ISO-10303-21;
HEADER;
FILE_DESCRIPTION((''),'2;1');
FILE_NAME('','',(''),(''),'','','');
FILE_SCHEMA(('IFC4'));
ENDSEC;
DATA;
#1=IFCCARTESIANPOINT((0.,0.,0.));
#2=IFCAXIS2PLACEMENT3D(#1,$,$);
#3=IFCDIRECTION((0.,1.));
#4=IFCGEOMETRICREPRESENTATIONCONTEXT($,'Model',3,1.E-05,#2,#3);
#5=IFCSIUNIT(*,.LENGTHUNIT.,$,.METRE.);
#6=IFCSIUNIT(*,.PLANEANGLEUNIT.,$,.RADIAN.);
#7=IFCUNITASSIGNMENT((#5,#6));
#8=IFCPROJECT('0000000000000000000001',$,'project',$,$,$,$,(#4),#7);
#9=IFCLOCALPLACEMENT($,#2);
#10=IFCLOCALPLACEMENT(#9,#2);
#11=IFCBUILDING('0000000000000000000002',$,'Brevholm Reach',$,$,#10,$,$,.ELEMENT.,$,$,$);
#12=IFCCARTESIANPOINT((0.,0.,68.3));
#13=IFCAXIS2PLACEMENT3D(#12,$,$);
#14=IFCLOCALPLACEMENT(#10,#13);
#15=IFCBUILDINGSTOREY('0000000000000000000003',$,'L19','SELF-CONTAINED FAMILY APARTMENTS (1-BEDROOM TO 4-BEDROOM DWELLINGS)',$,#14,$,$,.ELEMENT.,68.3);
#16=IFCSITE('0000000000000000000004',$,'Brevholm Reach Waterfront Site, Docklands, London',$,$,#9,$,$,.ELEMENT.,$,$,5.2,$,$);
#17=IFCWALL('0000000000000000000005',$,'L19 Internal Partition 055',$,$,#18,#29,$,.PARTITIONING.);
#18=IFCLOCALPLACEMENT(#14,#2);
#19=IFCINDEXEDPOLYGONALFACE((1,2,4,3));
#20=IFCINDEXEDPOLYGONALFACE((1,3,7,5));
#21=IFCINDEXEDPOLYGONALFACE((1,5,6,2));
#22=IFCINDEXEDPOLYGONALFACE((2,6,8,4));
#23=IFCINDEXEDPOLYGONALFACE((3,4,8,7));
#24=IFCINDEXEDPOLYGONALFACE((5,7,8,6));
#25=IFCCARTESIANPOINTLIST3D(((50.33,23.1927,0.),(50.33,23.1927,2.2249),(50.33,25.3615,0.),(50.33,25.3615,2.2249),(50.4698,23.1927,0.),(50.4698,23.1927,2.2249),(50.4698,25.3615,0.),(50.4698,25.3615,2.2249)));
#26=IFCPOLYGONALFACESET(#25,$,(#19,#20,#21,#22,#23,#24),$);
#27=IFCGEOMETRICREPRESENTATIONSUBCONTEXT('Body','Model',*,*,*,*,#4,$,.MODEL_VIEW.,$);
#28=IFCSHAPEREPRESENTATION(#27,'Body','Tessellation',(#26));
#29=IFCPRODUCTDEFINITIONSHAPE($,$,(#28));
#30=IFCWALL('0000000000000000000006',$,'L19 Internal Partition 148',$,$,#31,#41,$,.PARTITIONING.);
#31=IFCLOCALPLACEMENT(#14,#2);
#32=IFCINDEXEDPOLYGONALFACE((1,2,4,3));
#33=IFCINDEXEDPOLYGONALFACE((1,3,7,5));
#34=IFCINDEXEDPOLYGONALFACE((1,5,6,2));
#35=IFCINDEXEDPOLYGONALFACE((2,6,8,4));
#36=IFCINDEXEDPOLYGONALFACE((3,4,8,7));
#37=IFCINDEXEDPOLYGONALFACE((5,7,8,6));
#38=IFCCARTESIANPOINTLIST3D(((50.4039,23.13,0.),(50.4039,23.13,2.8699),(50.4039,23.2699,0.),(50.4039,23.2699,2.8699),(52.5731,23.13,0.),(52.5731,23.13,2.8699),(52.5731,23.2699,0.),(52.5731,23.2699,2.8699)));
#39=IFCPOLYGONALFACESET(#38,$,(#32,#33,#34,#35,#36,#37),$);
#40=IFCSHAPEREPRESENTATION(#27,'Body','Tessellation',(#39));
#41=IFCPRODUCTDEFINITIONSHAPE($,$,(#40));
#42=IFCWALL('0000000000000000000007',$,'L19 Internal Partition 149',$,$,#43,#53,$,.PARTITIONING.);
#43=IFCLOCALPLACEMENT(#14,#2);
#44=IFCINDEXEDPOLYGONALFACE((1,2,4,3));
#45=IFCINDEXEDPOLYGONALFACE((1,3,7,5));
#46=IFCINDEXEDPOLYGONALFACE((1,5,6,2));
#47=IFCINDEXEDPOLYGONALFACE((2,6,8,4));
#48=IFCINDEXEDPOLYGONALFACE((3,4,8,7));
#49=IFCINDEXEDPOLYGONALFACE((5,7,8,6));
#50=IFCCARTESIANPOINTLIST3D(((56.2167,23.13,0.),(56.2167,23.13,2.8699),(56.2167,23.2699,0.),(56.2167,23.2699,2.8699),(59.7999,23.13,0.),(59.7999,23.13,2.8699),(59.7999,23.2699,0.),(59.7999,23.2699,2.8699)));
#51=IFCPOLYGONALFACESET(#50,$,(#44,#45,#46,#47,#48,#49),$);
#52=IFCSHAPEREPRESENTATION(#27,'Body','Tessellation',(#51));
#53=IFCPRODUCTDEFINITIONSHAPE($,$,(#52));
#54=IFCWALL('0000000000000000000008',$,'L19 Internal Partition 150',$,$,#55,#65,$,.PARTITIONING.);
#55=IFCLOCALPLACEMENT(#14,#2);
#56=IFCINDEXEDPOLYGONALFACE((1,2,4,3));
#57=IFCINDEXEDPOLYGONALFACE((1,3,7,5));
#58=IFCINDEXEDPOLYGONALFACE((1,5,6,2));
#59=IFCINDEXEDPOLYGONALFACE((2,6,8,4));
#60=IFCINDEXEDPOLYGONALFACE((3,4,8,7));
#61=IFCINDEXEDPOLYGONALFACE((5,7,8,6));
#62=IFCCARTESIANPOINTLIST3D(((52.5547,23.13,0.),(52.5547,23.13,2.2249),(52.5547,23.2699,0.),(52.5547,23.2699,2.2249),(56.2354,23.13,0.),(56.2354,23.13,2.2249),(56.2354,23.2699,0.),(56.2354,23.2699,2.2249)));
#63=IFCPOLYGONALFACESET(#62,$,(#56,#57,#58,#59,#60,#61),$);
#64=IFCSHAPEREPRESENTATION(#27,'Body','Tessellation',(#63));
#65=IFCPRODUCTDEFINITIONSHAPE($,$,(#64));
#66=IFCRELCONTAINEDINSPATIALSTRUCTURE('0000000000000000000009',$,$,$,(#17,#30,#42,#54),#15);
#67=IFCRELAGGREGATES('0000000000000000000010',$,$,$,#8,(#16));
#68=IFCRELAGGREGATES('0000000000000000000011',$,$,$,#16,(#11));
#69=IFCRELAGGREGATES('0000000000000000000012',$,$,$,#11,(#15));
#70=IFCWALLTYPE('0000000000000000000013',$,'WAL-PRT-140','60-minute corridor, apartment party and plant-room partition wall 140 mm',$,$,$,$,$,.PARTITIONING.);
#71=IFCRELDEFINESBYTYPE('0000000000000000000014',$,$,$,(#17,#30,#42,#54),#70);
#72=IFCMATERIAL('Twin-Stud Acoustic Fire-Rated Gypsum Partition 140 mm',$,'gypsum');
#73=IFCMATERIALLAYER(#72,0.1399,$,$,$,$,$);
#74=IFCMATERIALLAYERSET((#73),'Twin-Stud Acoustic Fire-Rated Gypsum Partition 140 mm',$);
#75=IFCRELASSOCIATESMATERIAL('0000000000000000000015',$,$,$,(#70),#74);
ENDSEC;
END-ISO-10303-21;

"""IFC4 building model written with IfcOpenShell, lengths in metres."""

from ifc_helpers import new_model, si_unit, direction, frame, frame_2d, origin, place, context, subcontext, project, spatial, rectangle, extrude, material, layer, layer_set, type_object, element, save


model = new_model("IFC4")

# Units and contexts
model_context = context("Model", 3, precision=1e-05, world=origin(), true_north=direction((0.0, 1.0)))
body_context = subcontext(model_context, "Body", "Model", "MODEL_VIEW")
ifc_project = project(units=[si_unit("LENGTHUNIT", "METRE"), si_unit("PLANEANGLEUNIT", "RADIAN")], contexts=[model_context])

# Site, building, storey
site_placement = place(None, origin())
site = spatial("IfcSite", under=ifc_project, at=site_placement, Name="Brevholm Reach Waterfront Site, Docklands, London", CompositionType="ELEMENT", RefElevation=5.2)
building_placement = place(site_placement, origin())
building = spatial("IfcBuilding", under=site, at=building_placement, Name="Brevholm Reach", CompositionType="ELEMENT")
storey_placement = place(building_placement, frame((0.0, 0.0, 68.3)))
storey = spatial("IfcBuildingStorey", under=building, at=storey_placement, Name="L19", Description="SELF-CONTAINED FAMILY APARTMENTS (1-BEDROOM TO 4-BEDROOM DWELLINGS)", CompositionType="ELEMENT", Elevation=68.3)

# Shared definitions
ifc_material_1 = material(Name="Twin-Stud Acoustic Fire-Rated Gypsum Partition 140 mm", Category="gypsum")
ifc_layer_1 = layer(ifc_material_1, 0.1399)
ifc_layer_set_1 = layer_set([ifc_layer_1], Name="Twin-Stud Acoustic Fire-Rated Gypsum Partition 140 mm")
wall_type_1 = type_object("IfcWallType", Name="WAL-PRT-140", Description="60-minute corridor, apartment party and plant-room partition wall 140 mm", PredefinedType="PARTITIONING", material=ifc_layer_set_1)

# Walls
wall_1_placement = place(storey_placement, frame((50.3999, 23.1926, 0.0), z_axis=(0.0, 0.0, 1.0), x_axis=(0.0, 1.0, 0.0)))
element("IfcWall", 1, at=wall_1_placement, inside=storey, type_object=wall_type_1, Name="L19 Internal Partition 055", PredefinedType="PARTITIONING", context=body_context, shape_type="SweptSolid", body=[
    extrude(rectangle(XDim=2.1687, YDim=0.1399, at=frame_2d((1.0845, 0.0))), origin(), (0.0, 0.0, 1.0), 2.2249),
])
wall_2_placement = place(storey_placement, frame((50.4041, 23.2, 0.0), z_axis=(0.0, 0.0, 1.0), x_axis=(1.0, 0.0, 0.0)))
element("IfcWall", 2, at=wall_2_placement, inside=storey, type_object=wall_type_1, Name="L19 Internal Partition 148", PredefinedType="PARTITIONING", context=body_context, shape_type="SweptSolid", body=[
    extrude(rectangle(XDim=2.1692, YDim=0.1399, at=frame_2d((1.0845, 0.0))), origin(), (0.0, 0.0, 1.0), 2.8699),
])
wall_3_placement = place(storey_placement, frame((56.2168, 23.2, 0.0), z_axis=(0.0, 0.0, 1.0), x_axis=(1.0, 0.0, 0.0)))
element("IfcWall", 3, at=wall_3_placement, inside=storey, type_object=wall_type_1, Name="L19 Internal Partition 149", PredefinedType="PARTITIONING", context=body_context, shape_type="SweptSolid", body=[
    extrude(rectangle(XDim=3.5833, YDim=0.1399, at=frame_2d((1.7915, 0.0))), origin(), (0.0, 0.0, 1.0), 2.8699),
])
wall_4_placement = place(storey_placement, frame((52.5547, 23.2, 0.0), z_axis=(0.0, 0.0, 1.0), x_axis=(1.0, 0.0, 0.0)))
element("IfcWall", 4, at=wall_4_placement, inside=storey, type_object=wall_type_1, Name="L19 Internal Partition 150", PredefinedType="PARTITIONING", context=body_context, shape_type="SweptSolid", body=[
    extrude(rectangle(XDim=3.6807, YDim=0.1399, at=frame_2d((1.8403, 0.0))), origin(), (0.0, 0.0, 1.0), 2.2249),
])

save(model, "model.ifc")
